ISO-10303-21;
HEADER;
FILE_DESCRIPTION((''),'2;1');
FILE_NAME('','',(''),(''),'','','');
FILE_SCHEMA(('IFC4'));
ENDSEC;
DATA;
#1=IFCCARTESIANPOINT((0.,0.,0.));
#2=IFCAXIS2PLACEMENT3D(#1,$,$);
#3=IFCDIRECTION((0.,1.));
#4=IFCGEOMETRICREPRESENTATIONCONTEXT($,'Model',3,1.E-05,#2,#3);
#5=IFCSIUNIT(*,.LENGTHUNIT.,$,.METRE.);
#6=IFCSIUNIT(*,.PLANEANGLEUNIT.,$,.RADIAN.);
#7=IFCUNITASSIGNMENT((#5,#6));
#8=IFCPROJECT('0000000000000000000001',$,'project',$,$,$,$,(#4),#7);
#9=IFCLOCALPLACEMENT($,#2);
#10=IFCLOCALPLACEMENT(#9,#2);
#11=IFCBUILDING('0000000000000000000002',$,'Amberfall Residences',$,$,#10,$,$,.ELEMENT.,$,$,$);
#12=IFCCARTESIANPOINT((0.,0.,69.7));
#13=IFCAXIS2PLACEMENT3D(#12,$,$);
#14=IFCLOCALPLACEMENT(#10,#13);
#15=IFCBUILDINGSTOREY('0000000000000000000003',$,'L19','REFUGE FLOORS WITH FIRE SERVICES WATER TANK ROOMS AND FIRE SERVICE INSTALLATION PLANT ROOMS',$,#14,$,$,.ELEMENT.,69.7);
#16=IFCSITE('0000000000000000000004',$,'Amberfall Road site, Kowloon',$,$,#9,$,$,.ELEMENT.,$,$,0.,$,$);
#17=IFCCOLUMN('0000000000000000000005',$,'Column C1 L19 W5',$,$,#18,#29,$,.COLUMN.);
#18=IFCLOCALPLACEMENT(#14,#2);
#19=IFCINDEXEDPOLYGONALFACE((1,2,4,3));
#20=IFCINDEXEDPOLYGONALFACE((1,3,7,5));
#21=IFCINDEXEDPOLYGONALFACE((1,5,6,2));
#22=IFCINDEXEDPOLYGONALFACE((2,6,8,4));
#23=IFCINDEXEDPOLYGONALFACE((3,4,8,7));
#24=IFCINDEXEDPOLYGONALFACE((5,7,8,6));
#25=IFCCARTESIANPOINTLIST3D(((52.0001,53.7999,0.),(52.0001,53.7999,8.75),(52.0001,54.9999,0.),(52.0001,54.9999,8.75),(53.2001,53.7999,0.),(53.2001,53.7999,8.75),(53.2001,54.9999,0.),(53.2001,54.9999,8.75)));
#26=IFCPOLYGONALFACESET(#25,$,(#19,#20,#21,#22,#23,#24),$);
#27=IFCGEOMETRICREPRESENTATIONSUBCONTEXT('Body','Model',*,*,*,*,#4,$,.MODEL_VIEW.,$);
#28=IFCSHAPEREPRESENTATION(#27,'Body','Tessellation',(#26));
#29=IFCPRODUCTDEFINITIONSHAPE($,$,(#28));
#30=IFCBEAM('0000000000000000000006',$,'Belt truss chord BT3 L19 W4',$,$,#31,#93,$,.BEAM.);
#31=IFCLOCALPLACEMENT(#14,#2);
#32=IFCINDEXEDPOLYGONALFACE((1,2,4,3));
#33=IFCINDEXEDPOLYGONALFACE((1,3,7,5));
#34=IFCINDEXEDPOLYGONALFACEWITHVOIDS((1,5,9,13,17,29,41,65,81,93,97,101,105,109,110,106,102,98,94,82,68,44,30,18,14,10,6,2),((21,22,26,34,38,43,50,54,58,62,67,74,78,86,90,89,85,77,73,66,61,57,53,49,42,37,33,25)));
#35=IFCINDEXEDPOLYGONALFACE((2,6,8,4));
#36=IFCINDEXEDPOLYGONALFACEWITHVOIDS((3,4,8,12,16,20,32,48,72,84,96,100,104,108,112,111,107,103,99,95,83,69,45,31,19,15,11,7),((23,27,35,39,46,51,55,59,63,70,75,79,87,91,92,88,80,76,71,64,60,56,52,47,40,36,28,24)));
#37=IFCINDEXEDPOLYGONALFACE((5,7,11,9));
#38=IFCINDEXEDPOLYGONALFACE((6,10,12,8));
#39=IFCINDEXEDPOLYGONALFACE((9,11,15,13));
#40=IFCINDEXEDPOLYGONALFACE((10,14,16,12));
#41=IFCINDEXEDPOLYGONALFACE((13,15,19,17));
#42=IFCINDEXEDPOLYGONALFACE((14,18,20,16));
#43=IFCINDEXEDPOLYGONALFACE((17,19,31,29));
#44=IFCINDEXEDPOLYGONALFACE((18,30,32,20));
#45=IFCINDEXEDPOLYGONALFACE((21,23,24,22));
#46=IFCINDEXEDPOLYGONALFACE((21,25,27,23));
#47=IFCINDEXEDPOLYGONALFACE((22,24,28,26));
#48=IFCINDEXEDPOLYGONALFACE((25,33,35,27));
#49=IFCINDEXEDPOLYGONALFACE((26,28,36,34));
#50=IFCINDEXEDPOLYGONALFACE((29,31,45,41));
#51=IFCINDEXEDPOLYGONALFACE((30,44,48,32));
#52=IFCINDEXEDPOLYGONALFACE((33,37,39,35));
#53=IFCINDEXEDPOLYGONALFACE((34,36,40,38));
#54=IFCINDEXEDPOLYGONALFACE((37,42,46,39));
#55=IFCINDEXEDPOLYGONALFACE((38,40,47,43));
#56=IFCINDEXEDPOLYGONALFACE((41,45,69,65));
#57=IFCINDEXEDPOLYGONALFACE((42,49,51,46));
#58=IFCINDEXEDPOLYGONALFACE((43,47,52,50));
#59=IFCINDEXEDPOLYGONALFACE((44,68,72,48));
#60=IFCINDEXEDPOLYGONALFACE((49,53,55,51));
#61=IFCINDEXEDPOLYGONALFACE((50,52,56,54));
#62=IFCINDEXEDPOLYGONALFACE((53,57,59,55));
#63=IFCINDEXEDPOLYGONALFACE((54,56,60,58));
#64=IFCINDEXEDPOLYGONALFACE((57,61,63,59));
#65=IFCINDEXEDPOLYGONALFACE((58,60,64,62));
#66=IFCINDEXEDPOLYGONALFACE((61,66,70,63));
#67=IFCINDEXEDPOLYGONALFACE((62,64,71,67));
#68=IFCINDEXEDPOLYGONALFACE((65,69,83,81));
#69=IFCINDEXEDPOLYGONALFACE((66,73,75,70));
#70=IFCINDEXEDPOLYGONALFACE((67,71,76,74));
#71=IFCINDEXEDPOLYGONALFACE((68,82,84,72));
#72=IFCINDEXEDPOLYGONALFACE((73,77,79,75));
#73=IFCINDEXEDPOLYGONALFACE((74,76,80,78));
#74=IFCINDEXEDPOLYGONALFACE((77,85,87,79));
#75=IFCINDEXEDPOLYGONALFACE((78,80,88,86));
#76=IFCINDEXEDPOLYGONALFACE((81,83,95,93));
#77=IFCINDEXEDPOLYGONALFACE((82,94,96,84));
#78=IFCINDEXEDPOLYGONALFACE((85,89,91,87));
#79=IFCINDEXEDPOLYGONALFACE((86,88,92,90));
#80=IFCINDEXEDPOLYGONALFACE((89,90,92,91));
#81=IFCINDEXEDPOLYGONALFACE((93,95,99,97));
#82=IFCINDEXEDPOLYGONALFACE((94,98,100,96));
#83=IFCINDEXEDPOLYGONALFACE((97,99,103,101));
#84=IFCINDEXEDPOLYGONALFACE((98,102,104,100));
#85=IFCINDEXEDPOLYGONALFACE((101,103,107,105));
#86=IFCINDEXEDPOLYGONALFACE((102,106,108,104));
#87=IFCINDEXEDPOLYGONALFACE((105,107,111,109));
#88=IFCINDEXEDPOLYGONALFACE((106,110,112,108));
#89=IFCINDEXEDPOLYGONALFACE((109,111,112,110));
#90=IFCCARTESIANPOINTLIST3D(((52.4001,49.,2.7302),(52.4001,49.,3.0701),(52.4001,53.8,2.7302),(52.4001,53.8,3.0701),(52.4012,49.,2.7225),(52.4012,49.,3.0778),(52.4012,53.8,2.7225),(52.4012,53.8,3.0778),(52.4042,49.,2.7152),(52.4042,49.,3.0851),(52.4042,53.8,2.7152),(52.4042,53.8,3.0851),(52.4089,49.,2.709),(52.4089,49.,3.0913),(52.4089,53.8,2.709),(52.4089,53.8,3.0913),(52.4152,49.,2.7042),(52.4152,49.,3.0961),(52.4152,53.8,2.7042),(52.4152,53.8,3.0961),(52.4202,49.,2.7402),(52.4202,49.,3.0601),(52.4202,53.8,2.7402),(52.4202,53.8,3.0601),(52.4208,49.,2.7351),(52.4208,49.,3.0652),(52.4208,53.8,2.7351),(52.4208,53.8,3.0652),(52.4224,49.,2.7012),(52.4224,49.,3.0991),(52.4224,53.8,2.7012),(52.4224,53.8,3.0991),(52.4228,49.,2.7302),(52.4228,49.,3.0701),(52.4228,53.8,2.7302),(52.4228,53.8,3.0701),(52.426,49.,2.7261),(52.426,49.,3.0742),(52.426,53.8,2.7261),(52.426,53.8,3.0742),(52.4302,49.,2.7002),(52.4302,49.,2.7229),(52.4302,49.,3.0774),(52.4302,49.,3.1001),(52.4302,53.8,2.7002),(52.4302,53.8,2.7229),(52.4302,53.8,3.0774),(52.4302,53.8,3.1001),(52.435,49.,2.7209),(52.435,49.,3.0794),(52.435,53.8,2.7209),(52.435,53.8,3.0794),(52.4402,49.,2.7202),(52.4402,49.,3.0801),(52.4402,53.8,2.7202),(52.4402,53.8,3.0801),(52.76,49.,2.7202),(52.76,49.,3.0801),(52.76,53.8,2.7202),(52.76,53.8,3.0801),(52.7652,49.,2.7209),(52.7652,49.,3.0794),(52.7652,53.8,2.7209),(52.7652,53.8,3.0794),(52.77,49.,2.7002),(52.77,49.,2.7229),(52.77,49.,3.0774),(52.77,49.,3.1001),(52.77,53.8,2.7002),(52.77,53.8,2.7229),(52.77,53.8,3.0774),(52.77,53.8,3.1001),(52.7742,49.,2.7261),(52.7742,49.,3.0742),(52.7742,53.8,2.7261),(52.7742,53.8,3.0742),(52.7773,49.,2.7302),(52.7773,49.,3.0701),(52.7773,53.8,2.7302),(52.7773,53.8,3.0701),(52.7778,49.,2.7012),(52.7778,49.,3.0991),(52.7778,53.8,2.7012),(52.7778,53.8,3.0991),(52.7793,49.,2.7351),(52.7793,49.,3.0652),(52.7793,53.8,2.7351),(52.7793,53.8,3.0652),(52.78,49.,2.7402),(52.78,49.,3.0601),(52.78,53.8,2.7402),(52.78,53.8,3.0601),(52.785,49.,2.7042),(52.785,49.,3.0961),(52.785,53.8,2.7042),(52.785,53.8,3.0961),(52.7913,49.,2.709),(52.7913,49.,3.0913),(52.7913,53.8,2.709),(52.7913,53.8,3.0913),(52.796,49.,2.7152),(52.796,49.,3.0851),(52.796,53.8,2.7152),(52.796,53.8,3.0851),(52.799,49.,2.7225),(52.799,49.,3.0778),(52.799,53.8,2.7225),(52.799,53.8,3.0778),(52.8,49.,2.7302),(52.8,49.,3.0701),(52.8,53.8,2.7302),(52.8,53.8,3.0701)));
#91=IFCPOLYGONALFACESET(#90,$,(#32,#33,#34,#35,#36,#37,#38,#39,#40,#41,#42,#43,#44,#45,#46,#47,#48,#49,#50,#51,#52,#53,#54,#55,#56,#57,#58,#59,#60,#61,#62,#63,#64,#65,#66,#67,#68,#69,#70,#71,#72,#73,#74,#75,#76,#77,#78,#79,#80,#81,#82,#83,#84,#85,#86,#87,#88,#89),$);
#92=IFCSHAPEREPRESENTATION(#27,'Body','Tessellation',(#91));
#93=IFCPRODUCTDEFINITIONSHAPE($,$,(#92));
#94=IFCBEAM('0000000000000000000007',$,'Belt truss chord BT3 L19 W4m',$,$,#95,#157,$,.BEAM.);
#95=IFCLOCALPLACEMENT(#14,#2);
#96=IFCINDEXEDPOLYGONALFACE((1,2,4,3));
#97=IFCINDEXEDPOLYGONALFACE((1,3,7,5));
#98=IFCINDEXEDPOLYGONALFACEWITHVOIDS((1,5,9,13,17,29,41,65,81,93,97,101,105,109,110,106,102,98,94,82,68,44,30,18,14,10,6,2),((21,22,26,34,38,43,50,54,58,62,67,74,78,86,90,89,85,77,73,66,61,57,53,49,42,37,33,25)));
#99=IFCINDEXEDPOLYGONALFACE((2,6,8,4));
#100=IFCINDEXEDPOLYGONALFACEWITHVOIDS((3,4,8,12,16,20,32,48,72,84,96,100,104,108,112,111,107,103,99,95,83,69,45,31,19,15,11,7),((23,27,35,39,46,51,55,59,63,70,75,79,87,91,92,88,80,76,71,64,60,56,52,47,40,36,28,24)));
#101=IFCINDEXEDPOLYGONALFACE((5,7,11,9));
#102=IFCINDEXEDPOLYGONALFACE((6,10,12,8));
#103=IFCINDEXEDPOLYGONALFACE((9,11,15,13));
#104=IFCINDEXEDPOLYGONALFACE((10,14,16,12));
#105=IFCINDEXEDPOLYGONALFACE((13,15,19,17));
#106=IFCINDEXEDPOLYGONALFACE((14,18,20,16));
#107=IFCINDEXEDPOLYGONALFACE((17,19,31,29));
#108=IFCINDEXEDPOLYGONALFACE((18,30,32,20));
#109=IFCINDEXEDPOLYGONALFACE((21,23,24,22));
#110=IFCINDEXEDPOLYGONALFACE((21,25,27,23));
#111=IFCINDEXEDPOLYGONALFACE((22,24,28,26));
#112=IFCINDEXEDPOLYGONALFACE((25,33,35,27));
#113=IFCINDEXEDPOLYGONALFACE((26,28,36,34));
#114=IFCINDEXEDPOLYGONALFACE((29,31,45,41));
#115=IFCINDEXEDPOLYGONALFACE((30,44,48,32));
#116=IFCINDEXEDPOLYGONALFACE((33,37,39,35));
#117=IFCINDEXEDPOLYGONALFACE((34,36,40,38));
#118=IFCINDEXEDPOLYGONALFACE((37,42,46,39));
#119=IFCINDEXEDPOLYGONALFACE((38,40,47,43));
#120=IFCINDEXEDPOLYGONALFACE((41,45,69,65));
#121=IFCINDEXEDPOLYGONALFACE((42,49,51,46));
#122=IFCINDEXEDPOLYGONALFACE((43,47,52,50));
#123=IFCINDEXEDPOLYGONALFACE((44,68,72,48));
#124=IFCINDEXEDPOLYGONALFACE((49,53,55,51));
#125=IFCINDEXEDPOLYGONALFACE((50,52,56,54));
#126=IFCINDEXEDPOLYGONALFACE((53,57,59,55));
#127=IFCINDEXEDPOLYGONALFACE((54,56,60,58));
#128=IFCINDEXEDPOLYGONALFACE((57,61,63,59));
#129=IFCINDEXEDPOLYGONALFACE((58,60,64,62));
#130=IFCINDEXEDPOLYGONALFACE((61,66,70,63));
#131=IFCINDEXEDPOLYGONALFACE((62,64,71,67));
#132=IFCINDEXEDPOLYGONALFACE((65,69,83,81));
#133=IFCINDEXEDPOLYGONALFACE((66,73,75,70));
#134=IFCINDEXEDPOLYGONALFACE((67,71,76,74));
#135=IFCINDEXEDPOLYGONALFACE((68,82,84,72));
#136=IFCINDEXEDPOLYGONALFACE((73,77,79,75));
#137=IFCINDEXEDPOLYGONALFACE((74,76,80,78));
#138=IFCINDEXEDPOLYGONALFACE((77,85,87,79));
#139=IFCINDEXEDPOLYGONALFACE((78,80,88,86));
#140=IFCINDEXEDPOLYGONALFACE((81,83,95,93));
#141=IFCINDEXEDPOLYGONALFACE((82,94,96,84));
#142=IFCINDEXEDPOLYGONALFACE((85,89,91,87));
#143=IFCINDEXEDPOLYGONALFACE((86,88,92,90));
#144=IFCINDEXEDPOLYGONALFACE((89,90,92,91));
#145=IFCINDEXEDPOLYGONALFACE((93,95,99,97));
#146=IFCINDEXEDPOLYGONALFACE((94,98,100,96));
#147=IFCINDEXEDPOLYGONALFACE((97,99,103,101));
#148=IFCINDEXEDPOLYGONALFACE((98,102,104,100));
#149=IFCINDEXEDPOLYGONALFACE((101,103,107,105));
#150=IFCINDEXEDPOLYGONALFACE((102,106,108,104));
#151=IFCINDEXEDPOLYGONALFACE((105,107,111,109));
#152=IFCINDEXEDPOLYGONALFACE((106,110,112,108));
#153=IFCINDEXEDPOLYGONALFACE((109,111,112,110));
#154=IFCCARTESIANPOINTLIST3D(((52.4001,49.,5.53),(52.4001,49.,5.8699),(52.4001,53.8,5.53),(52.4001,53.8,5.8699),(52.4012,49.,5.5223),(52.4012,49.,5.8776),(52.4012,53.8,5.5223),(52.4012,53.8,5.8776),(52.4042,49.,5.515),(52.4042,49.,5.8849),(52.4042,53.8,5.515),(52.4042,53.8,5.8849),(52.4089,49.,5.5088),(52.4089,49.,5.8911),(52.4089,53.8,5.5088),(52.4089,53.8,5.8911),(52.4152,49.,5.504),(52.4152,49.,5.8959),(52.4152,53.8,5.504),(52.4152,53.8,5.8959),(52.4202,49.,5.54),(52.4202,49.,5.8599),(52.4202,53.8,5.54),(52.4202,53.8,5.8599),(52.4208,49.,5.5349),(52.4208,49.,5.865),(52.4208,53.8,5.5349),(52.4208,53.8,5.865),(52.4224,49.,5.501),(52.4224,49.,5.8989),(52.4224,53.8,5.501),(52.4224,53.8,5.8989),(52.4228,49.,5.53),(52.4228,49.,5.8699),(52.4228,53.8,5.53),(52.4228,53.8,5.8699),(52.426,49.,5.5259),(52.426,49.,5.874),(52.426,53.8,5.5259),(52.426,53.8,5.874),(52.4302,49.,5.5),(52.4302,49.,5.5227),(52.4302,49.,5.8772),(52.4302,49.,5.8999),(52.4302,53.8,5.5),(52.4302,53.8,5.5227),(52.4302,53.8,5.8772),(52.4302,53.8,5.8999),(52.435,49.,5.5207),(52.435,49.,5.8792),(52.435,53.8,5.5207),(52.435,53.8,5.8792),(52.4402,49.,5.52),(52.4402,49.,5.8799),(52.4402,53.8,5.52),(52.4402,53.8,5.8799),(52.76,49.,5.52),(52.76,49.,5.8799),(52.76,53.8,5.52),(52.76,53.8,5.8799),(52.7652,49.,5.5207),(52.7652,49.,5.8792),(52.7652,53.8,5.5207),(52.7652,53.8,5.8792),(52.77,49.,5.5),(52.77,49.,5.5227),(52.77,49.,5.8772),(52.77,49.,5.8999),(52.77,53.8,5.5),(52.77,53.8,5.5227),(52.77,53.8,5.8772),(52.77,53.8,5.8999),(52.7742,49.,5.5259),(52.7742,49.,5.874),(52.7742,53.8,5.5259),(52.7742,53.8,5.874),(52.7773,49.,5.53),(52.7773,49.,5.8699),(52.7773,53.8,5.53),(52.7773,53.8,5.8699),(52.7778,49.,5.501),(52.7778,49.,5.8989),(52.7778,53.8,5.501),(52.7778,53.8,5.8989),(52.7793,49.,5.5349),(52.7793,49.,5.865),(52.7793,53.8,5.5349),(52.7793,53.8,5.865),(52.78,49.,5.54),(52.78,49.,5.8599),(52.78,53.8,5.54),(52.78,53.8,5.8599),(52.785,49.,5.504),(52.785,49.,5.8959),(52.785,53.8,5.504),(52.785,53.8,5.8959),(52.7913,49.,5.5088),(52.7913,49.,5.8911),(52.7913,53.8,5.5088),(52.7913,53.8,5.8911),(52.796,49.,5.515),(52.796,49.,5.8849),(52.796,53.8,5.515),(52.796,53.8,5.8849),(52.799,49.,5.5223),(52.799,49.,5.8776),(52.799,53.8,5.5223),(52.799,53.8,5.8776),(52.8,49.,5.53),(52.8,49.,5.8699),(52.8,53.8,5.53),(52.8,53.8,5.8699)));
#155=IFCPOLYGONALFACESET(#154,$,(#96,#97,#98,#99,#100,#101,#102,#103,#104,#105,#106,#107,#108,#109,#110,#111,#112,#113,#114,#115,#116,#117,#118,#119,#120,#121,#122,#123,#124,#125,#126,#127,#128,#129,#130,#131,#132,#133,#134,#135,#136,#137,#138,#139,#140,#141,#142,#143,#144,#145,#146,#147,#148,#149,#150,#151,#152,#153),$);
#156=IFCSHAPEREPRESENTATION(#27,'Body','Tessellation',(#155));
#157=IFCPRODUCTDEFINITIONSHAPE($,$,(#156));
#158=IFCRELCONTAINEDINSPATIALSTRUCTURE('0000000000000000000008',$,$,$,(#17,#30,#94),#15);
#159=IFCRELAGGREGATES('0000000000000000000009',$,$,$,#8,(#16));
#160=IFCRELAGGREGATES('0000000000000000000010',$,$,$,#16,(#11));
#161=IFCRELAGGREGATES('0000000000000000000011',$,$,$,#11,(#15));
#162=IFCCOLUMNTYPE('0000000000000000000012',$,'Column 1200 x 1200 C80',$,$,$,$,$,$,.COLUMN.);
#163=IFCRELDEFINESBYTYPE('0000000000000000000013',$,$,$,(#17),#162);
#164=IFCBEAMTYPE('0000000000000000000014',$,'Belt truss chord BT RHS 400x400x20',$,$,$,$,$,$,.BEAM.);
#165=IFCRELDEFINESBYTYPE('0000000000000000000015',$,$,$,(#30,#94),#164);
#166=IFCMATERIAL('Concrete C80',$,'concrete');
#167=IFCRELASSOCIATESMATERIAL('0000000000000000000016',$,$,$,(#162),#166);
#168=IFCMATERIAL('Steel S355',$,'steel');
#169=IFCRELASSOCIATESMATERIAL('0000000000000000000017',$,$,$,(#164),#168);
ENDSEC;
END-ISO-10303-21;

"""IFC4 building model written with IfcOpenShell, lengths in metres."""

from ifc_helpers import new_model, si_unit, direction, frame, origin, origin_2d, place, context, subcontext, project, spatial, rectangle, hollow_rectangle, extrude, material, material_profile, profile_set, type_object, element, save


model = new_model("IFC4")

# Units and contexts
model_context = context("Model", 3, precision=1e-05, world=origin(), true_north=direction((0.0, 1.0)))
body_context = subcontext(model_context, "Body", "Model", "MODEL_VIEW")
ifc_project = project(units=[si_unit("LENGTHUNIT", "METRE"), si_unit("PLANEANGLEUNIT", "RADIAN")], contexts=[model_context])

# Site, building, storey
site_placement = place(None, origin())
site = spatial("IfcSite", under=ifc_project, at=site_placement, Name="Amberfall Road site, Kowloon", CompositionType="ELEMENT", RefElevation=0.0)
building_placement = place(site_placement, origin())
building = spatial("IfcBuilding", under=site, at=building_placement, Name="Amberfall Residences", CompositionType="ELEMENT")
storey_placement = place(building_placement, frame((0.0, 0.0, 69.7)))
storey = spatial("IfcBuildingStorey", under=building, at=storey_placement, Name="L19", Description="REFUGE FLOORS WITH FIRE SERVICES WATER TANK ROOMS AND FIRE SERVICE INSTALLATION PLANT ROOMS", CompositionType="ELEMENT", Elevation=69.7)

# Column
ifc_material_1 = material(Name="Concrete C80", Category="concrete")
ifc_material_profile_1 = material_profile(ifc_material_1, rectangle(XDim=1.2, YDim=1.2, at=origin_2d()), Name="Column 1200 x 1200 C80")
ifc_profile_set_1 = profile_set([ifc_material_profile_1], Name="Concrete C80")
column_type = type_object("IfcColumnType", Name="Column 1200 x 1200 C80", PredefinedType="COLUMN", material=ifc_profile_set_1)
column_placement = place(storey_placement, frame((52.6001, 54.3999, 0.0), z_axis=(0.0, 0.0, 1.0), x_axis=(1.0, 0.0, 0.0)))
element("IfcColumn", 1, at=column_placement, inside=storey, type_object=column_type, Name="Column C1 L19 W5", PredefinedType="COLUMN", context=body_context, shape_type="SweptSolid", body=[
    extrude(rectangle(XDim=1.2, YDim=1.2, at=origin_2d()), origin(), (0.0, 0.0, 1.0), 8.75),
])

# Beams
ifc_material_2 = material(Name="Steel S355", Category="steel")
ifc_material_profile_2 = material_profile(ifc_material_2, hollow_rectangle(XDim=0.3999, YDim=0.3999, WallThickness=0.02, InnerFilletRadius=0.02, OuterFilletRadius=0.03, at=origin_2d()), Name="RHS 400x400x20")
ifc_profile_set_2 = profile_set([ifc_material_profile_2], Name="Steel S355")
beam_type_1 = type_object("IfcBeamType", Name="Belt truss chord BT RHS 400x400x20", PredefinedType="BEAM", material=ifc_profile_set_2)
for number, where, z_axis, x_axis, name in (
    (2, (52.6001, 49.0, 2.9001), (0.0, 1.0, 0.0), (-1.0, 0.0, 0.0), "Belt truss chord BT3 L19 W4"),
    (3, (52.6001, 49.0, 5.7), (0.0, 1.0, 0.0), (-1.0, 0.0, 0.0), "Belt truss chord BT3 L19 W4m"),
):
    element("IfcBeam", number, at=place(storey_placement, frame(where, z_axis=z_axis, x_axis=x_axis)), inside=storey, type_object=beam_type_1, Name=name, PredefinedType="BEAM", context=body_context, shape_type="SweptSolid", body=[
        extrude(hollow_rectangle(XDim=0.3999, YDim=0.3999, WallThickness=0.02, InnerFilletRadius=0.02, OuterFilletRadius=0.03, at=origin_2d()), origin(), (0.0, 0.0, 1.0), 4.8),
    ])

save(model, "model.ifc")
